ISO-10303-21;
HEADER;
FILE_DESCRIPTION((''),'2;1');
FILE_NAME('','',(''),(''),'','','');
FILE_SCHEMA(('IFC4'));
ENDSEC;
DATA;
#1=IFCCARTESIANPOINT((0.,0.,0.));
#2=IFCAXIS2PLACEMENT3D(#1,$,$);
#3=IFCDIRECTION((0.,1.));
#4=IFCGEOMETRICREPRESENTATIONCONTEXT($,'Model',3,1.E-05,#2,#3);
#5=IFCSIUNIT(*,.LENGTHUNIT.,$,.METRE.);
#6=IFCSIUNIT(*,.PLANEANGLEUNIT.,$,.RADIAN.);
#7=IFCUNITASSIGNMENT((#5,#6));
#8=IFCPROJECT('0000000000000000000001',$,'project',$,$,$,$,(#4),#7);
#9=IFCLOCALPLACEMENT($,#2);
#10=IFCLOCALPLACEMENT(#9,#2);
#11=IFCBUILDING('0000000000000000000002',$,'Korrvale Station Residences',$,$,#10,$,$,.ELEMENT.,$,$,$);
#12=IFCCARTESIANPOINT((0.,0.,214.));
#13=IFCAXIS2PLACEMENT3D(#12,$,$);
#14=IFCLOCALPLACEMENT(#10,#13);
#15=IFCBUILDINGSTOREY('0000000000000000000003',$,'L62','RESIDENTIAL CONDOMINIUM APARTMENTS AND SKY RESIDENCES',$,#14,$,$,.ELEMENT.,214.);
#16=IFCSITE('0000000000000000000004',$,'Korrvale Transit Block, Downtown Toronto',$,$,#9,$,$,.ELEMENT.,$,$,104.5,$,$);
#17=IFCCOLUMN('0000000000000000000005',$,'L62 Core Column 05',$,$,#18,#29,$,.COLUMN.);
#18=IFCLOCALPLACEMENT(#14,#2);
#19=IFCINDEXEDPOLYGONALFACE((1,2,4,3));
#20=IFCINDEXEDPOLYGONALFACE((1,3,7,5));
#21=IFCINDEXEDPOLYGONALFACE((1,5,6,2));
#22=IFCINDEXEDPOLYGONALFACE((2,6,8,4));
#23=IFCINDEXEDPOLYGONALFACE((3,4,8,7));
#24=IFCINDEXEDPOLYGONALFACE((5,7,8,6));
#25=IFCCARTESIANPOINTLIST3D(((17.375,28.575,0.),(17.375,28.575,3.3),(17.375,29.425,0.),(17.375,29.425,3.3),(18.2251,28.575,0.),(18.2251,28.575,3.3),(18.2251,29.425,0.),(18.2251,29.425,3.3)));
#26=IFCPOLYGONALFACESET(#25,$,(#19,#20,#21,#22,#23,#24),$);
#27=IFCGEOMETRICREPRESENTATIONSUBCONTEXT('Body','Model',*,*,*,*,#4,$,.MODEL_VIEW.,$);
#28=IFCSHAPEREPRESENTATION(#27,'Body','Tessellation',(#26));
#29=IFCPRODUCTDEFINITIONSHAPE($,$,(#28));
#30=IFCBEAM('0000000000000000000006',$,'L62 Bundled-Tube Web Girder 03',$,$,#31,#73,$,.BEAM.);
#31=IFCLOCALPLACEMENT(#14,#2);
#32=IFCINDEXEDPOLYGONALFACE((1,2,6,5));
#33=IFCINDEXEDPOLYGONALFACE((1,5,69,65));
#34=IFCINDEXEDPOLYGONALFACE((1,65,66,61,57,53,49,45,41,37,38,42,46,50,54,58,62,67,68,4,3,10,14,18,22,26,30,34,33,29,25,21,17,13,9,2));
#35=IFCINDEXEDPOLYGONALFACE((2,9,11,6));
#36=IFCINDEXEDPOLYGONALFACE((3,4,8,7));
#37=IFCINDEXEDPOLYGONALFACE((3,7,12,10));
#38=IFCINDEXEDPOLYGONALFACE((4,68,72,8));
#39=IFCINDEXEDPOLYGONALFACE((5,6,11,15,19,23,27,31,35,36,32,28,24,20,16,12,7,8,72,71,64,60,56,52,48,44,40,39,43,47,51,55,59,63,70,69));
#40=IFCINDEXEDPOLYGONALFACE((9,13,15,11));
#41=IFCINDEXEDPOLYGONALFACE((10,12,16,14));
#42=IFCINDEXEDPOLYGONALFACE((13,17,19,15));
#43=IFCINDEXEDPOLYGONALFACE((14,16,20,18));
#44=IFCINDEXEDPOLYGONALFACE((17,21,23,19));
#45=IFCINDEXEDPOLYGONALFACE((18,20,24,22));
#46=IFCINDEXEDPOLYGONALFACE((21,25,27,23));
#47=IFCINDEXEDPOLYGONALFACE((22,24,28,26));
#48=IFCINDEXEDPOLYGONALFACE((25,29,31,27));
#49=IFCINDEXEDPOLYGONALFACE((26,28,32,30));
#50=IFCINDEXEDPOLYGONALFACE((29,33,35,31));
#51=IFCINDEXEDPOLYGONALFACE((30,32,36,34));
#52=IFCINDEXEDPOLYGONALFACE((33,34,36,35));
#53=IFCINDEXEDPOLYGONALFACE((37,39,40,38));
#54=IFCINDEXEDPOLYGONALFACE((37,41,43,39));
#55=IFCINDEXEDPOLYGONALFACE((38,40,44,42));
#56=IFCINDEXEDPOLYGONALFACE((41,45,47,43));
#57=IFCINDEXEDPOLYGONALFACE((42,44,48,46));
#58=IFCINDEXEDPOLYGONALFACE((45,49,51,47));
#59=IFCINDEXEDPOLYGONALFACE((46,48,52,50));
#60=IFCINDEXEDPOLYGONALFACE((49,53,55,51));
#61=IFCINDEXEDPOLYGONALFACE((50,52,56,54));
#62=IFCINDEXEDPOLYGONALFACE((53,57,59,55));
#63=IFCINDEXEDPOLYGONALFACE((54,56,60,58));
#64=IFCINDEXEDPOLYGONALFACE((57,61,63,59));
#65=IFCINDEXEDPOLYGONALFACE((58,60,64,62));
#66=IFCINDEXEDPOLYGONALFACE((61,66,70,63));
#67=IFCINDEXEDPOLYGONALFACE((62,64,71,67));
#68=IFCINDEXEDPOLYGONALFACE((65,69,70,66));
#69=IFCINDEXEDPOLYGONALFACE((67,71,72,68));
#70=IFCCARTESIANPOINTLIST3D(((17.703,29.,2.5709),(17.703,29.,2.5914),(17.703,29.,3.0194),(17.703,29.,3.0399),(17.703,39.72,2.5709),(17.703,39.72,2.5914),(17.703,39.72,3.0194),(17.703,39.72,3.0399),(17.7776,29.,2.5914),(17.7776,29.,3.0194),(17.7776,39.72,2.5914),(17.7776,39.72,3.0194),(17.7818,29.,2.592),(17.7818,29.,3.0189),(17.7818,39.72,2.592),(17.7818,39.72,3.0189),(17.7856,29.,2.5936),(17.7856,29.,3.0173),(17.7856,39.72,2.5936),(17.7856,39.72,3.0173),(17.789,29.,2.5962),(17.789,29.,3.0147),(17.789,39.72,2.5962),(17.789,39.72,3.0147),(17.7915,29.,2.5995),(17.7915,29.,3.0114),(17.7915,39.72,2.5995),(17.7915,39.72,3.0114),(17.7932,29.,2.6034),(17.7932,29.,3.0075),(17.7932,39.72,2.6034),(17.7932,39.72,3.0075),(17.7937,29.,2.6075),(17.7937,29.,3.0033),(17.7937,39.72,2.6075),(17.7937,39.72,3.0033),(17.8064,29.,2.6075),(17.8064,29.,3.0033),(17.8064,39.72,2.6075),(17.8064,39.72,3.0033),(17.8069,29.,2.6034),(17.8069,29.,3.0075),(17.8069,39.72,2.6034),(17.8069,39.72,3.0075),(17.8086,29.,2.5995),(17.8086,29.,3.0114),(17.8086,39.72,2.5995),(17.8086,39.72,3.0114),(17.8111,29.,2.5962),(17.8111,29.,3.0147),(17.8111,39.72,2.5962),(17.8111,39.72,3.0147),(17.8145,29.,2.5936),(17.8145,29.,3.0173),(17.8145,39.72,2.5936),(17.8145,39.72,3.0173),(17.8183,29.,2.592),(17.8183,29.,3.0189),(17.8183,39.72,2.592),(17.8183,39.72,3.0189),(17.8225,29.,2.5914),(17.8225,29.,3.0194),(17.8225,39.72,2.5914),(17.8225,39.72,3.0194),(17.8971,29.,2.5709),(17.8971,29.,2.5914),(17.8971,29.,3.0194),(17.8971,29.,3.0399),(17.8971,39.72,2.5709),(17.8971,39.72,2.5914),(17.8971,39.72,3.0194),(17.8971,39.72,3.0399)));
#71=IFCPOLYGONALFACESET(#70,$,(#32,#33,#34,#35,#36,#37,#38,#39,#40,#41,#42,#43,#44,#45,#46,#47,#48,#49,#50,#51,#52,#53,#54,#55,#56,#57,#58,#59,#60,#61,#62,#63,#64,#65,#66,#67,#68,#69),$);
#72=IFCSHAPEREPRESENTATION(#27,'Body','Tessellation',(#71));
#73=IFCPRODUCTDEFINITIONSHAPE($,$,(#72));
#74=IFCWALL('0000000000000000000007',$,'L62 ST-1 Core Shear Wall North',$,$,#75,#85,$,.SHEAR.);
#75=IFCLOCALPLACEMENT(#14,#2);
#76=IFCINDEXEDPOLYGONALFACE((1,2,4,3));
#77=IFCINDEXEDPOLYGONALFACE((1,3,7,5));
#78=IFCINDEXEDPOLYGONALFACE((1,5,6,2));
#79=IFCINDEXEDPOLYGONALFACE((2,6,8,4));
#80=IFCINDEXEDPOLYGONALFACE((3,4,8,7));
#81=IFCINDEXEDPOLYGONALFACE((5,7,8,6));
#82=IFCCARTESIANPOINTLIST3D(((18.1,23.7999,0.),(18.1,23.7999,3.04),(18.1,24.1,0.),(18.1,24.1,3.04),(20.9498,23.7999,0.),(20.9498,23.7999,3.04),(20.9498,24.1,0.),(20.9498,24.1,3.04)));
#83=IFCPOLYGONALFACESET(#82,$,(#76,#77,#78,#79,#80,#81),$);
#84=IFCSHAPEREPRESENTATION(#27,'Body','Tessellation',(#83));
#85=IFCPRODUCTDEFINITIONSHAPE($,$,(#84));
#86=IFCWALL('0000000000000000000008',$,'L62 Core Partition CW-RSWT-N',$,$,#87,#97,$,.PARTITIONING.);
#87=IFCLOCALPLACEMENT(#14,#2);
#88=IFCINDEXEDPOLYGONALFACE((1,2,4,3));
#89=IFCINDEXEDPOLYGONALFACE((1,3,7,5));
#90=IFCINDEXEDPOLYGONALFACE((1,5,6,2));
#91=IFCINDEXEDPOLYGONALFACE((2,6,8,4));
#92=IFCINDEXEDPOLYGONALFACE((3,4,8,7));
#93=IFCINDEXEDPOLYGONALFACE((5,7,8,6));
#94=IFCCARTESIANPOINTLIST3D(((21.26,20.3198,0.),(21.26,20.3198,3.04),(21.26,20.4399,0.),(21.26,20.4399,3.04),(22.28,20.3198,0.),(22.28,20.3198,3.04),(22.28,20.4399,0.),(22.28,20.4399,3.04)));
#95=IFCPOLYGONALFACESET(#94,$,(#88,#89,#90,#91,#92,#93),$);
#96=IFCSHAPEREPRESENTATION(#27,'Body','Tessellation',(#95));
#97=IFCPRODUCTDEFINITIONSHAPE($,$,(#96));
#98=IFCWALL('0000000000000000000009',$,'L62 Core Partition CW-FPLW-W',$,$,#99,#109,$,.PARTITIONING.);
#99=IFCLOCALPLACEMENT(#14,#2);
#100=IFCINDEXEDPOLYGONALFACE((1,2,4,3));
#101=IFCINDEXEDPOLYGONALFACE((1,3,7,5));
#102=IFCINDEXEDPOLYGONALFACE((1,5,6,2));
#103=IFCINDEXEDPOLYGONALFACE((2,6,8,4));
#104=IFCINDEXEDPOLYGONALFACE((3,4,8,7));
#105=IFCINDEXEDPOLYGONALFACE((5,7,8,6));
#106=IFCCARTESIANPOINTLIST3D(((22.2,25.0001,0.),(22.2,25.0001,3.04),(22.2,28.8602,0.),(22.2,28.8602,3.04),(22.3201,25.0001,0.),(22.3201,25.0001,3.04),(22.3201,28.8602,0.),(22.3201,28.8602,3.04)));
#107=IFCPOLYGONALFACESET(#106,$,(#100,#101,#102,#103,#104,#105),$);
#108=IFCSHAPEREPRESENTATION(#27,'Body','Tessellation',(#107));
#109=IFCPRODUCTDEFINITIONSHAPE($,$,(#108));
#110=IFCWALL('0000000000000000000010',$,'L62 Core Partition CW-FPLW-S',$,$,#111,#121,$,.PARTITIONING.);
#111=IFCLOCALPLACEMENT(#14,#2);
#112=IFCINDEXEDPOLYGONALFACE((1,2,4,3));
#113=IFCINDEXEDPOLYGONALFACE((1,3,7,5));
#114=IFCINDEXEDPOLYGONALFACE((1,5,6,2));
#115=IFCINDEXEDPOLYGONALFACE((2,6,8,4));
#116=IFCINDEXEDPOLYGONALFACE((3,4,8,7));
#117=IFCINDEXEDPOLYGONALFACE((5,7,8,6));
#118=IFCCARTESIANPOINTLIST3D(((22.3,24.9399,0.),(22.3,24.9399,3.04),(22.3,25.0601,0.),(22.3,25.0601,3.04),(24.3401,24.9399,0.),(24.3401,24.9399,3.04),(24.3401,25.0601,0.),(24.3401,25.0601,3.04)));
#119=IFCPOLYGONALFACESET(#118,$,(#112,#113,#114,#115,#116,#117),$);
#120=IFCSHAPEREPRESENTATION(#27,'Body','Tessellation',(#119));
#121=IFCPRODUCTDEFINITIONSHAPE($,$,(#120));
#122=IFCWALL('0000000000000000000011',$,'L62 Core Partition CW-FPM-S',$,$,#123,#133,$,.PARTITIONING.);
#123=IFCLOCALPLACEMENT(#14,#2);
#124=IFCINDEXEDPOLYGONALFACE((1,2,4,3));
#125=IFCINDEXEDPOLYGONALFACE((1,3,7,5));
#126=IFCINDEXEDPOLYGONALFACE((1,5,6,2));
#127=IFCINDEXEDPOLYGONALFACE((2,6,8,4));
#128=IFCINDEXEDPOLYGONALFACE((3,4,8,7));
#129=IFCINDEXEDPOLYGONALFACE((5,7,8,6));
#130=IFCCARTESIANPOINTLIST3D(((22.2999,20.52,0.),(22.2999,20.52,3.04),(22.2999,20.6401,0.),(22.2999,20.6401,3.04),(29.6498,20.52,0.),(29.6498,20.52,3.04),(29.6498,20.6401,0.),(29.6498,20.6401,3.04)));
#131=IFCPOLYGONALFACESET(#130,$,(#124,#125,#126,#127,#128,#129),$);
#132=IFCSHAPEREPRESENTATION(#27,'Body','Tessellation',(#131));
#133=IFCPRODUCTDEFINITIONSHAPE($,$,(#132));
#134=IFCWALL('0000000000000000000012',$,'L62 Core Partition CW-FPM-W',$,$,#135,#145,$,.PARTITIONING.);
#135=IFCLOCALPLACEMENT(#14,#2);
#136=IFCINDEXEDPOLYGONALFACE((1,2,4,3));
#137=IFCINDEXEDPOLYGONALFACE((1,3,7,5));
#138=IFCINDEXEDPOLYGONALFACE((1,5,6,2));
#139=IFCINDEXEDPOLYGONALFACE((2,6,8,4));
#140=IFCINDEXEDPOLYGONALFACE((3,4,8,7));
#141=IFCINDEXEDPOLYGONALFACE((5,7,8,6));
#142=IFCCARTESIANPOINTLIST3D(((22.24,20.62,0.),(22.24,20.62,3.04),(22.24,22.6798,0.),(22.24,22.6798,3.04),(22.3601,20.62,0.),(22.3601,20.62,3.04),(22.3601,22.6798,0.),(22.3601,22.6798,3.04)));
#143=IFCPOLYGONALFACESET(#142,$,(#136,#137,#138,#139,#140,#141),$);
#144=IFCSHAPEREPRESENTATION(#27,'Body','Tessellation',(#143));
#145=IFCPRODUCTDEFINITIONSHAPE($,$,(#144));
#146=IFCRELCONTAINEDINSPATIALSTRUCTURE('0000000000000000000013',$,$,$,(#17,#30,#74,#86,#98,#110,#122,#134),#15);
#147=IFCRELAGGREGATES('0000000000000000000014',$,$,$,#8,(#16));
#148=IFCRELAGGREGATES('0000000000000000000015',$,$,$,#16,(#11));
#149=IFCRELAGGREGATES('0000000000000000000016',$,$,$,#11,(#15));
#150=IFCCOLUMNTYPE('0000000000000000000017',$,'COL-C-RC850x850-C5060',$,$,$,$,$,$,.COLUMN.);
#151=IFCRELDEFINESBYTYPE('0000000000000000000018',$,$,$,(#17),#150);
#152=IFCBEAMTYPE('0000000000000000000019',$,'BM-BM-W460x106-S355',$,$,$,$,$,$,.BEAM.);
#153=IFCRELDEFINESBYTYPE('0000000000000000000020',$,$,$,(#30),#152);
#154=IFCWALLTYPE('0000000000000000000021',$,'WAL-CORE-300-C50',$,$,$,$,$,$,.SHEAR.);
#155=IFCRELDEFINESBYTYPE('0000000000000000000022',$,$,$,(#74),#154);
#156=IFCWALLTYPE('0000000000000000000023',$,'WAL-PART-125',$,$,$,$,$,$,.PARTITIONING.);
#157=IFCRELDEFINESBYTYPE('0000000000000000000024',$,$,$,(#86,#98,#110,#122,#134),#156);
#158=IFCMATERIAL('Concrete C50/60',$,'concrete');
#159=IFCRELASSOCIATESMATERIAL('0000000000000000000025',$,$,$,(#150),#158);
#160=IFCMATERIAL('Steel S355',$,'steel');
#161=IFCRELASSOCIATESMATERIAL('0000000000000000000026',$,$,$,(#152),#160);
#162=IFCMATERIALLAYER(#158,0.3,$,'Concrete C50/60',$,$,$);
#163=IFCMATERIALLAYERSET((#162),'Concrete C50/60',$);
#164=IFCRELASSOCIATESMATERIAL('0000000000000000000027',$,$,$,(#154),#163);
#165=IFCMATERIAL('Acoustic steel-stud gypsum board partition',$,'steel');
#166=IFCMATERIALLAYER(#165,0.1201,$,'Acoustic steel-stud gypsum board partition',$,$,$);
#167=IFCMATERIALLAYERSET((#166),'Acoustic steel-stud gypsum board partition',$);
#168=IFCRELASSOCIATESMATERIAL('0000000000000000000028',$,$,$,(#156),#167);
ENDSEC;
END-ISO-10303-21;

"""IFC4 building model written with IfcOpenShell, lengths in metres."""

from ifc_helpers import new_model, si_unit, direction, frame, frame_2d, origin, origin_2d, place, context, subcontext, project, spatial, rectangle, i_section, extrude, material, layer, layer_set, material_profile, profile_set, type_object, element, save


model = new_model("IFC4")

# Units and contexts
model_context = context("Model", 3, precision=1e-05, world=origin(), true_north=direction((0.0, 1.0)))
body_context = subcontext(model_context, "Body", "Model", "MODEL_VIEW")
ifc_project = project(units=[si_unit("LENGTHUNIT", "METRE"), si_unit("PLANEANGLEUNIT", "RADIAN")], contexts=[model_context])

# Site, building, storey
site_placement = place(None, origin())
site = spatial("IfcSite", under=ifc_project, at=site_placement, Name="Korrvale Transit Block, Downtown Toronto", CompositionType="ELEMENT", RefElevation=104.5)
building_placement = place(site_placement, origin())
building = spatial("IfcBuilding", under=site, at=building_placement, Name="Korrvale Station Residences", CompositionType="ELEMENT")
storey_placement = place(building_placement, frame((0.0, 0.0, 214.0)))
storey = spatial("IfcBuildingStorey", under=building, at=storey_placement, Name="L62", Description="RESIDENTIAL CONDOMINIUM APARTMENTS AND SKY RESIDENCES", CompositionType="ELEMENT", Elevation=214.0)

# Column
ifc_material_1 = material(Name="Concrete C50/60", Category="concrete")
ifc_material_profile_1 = material_profile(ifc_material_1, rectangle(XDim=0.8501, YDim=0.8501, at=origin_2d()), Name="RC850x850")
ifc_profile_set_1 = profile_set([ifc_material_profile_1], Name="Concrete C50/60")
column_type = type_object("IfcColumnType", Name="COL-C-RC850x850-C5060", PredefinedType="COLUMN", material=ifc_profile_set_1)
column_placement = place(storey_placement, frame((17.8, 29.0, 0.0), z_axis=(0.0, 0.0, 1.0), x_axis=(1.0, 0.0, 0.0)))
element("IfcColumn", 1, at=column_placement, inside=storey, type_object=column_type, Name="L62 Core Column 05", PredefinedType="COLUMN", context=body_context, shape_type="SweptSolid", body=[
    extrude(rectangle(XDim=0.8501, YDim=0.8501, at=origin_2d()), origin(), (0.0, 0.0, 1.0), 3.3),
])

# Beam
ifc_material_2 = material(Name="Steel S355", Category="steel")
ifc_material_profile_2 = material_profile(ifc_material_2, i_section(OverallWidth=0.1941, OverallDepth=0.469, WebThickness=0.0127, FlangeThickness=0.0205, FilletRadius=0.0161, at=origin_2d()), Name="W460x106")
ifc_profile_set_2 = profile_set([ifc_material_profile_2], Name="Steel S355")
beam_type = type_object("IfcBeamType", Name="BM-BM-W460x106-S355", PredefinedType="BEAM", material=ifc_profile_set_2)
beam_placement = place(storey_placement, frame((17.8, 29.0, 2.8054), z_axis=(0.0, 1.0, 0.0), x_axis=(-1.0, 0.0, 0.0)))
element("IfcBeam", 2, at=beam_placement, inside=storey, type_object=beam_type, Name="L62 Bundled-Tube Web Girder 03", PredefinedType="BEAM", context=body_context, shape_type="SweptSolid", body=[
    extrude(i_section(OverallWidth=0.1941, OverallDepth=0.469, WebThickness=0.0127, FlangeThickness=0.0205, FilletRadius=0.0161, at=origin_2d()), origin(), (0.0, 0.0, 1.0), 10.72),
])

# Walls
ifc_layer_1 = layer(ifc_material_1, 0.3, Name="Concrete C50/60")
ifc_layer_set_1 = layer_set([ifc_layer_1], Name="Concrete C50/60")
wall_type_1 = type_object("IfcWallType", Name="WAL-CORE-300-C50", PredefinedType="SHEAR", material=ifc_layer_set_1)
wall_1_placement = place(storey_placement, frame((18.1001, 23.95, 0.0), z_axis=(0.0, 0.0, 1.0), x_axis=(1.0, 0.0, 0.0)))
element("IfcWall", 3, at=wall_1_placement, inside=storey, type_object=wall_type_1, Name="L62 ST-1 Core Shear Wall North", PredefinedType="SHEAR", context=body_context, shape_type="SweptSolid", body=[
    extrude(rectangle(XDim=2.8499, YDim=0.3, at=frame_2d((1.4248, 0.0))), origin(), (0.0, 0.0, 1.0), 3.04),
])
ifc_material_3 = material(Name="Acoustic steel-stud gypsum board partition", Category="steel")
ifc_layer_2 = layer(ifc_material_3, 0.1201, Name="Acoustic steel-stud gypsum board partition")
ifc_layer_set_2 = layer_set([ifc_layer_2], Name="Acoustic steel-stud gypsum board partition")
wall_type_2 = type_object("IfcWallType", Name="WAL-PART-125", PredefinedType="PARTITIONING", material=ifc_layer_set_2)
wall_2_placement = place(storey_placement, frame((22.28, 20.3799, 0.0), z_axis=(0.0, 0.0, 1.0), x_axis=(-1.0, 0.0, 0.0)))
element("IfcWall", 4, at=wall_2_placement, inside=storey, type_object=wall_type_2, Name="L62 Core Partition CW-RSWT-N", PredefinedType="PARTITIONING", context=body_context, shape_type="SweptSolid", body=[
    extrude(rectangle(XDim=1.02, YDim=0.1201, at=frame_2d((0.51, 0.0))), origin(), (0.0, 0.0, 1.0), 3.04),
])
wall_3_placement = place(storey_placement, frame((22.26, 25.0, 0.0), z_axis=(0.0, 0.0, 1.0), x_axis=(0.0, 1.0, 0.0)))
element("IfcWall", 5, at=wall_3_placement, inside=storey, type_object=wall_type_2, Name="L62 Core Partition CW-FPLW-W", PredefinedType="PARTITIONING", context=body_context, shape_type="SweptSolid", body=[
    extrude(rectangle(XDim=3.8601, YDim=0.1201, at=frame_2d((1.9302, 0.0))), origin(), (0.0, 0.0, 1.0), 3.04),
])
wall_4_placement = place(storey_placement, frame((22.3, 25.0, 0.0), z_axis=(0.0, 0.0, 1.0), x_axis=(1.0, 0.0, 0.0)))
element("IfcWall", 6, at=wall_4_placement, inside=storey, type_object=wall_type_2, Name="L62 Core Partition CW-FPLW-S", PredefinedType="PARTITIONING", context=body_context, shape_type="SweptSolid", body=[
    extrude(rectangle(XDim=2.04, YDim=0.1201, at=frame_2d((1.02, 0.0))), origin(), (0.0, 0.0, 1.0), 3.04),
])
wall_5_placement = place(storey_placement, frame((22.3, 20.5801, 0.0), z_axis=(0.0, 0.0, 1.0), x_axis=(1.0, 0.0, 0.0)))
element("IfcWall", 7, at=wall_5_placement, inside=storey, type_object=wall_type_2, Name="L62 Core Partition CW-FPM-S", PredefinedType="PARTITIONING", context=body_context, shape_type="SweptSolid", body=[
    extrude(rectangle(XDim=7.3499, YDim=0.1201, at=frame_2d((3.6748, 0.0))), origin(), (0.0, 0.0, 1.0), 3.04),
])
wall_6_placement = place(storey_placement, frame((22.3, 20.6201, 0.0), z_axis=(0.0, 0.0, 1.0), x_axis=(0.0, 1.0, 0.0)))
element("IfcWall", 8, at=wall_6_placement, inside=storey, type_object=wall_type_2, Name="L62 Core Partition CW-FPM-W", PredefinedType="PARTITIONING", context=body_context, shape_type="SweptSolid", body=[
    extrude(rectangle(XDim=2.0598, YDim=0.1201, at=frame_2d((1.0298, 0.0))), origin(), (0.0, 0.0, 1.0), 3.04),
])

save(model, "model.ifc")
